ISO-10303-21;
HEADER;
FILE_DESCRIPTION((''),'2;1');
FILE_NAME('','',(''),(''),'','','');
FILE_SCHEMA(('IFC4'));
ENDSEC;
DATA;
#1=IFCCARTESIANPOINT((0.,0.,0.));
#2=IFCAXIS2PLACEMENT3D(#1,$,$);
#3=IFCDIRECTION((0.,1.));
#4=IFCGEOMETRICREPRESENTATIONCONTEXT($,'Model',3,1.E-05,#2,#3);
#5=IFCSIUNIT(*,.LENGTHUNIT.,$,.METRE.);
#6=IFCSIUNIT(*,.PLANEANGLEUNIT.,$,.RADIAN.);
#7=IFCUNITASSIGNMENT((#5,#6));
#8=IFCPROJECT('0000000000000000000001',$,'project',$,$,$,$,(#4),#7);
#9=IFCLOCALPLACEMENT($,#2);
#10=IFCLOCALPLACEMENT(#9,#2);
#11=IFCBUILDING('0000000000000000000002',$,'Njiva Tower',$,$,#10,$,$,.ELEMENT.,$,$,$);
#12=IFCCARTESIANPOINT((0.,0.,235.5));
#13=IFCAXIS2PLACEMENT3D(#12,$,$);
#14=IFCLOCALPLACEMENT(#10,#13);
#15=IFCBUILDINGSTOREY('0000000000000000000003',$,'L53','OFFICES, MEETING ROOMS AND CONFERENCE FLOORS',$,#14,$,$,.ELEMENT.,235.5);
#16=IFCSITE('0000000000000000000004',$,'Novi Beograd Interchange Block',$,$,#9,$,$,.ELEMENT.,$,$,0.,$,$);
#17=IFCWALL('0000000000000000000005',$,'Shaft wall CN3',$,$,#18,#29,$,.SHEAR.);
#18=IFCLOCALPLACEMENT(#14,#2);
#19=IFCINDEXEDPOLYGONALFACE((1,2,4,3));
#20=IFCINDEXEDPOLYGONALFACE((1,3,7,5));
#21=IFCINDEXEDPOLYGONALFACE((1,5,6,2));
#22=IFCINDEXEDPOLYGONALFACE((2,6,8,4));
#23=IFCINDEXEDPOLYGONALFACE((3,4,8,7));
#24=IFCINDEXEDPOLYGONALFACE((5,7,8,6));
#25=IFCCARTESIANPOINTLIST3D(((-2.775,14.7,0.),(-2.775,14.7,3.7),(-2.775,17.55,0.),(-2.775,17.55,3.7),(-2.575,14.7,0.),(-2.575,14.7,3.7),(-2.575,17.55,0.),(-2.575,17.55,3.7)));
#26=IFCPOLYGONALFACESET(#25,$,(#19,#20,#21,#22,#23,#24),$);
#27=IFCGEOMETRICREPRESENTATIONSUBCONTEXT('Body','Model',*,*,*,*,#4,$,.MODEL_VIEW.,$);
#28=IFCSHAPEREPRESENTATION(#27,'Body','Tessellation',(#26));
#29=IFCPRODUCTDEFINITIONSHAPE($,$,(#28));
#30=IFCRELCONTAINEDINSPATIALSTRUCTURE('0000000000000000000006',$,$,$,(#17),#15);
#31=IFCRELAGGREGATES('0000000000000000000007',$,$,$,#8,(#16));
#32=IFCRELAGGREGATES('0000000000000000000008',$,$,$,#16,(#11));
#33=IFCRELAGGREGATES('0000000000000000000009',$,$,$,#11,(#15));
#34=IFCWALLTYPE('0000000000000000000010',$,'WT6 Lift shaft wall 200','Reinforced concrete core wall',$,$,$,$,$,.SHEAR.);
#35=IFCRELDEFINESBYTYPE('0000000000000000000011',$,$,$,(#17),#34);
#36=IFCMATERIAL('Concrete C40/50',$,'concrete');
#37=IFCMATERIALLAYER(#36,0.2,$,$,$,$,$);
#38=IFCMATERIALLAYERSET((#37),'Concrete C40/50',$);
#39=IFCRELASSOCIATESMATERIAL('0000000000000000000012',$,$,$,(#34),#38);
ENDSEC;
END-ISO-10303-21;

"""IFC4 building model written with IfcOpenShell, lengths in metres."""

from ifc_helpers import new_model, si_unit, direction, frame, frame_2d, origin, place, context, subcontext, project, spatial, rectangle, extrude, material, layer, layer_set, type_object, element, save


model = new_model("IFC4")

# Units and contexts
model_context = context("Model", 3, precision=1e-05, world=origin(), true_north=direction((0.0, 1.0)))
body_context = subcontext(model_context, "Body", "Model", "MODEL_VIEW")
ifc_project = project(units=[si_unit("LENGTHUNIT", "METRE"), si_unit("PLANEANGLEUNIT", "RADIAN")], contexts=[model_context])

# Site, building, storey
site_placement = place(None, origin())
site = spatial("IfcSite", under=ifc_project, at=site_placement, Name="Novi Beograd Interchange Block", CompositionType="ELEMENT", RefElevation=0.0)
building_placement = place(site_placement, origin())
building = spatial("IfcBuilding", under=site, at=building_placement, Name="Njiva Tower", CompositionType="ELEMENT")
storey_placement = place(building_placement, frame((0.0, 0.0, 235.5)))
storey = spatial("IfcBuildingStorey", under=building, at=storey_placement, Name="L53", Description="OFFICES, MEETING ROOMS AND CONFERENCE FLOORS", CompositionType="ELEMENT", Elevation=235.5)

# Wall
ifc_material_1 = material(Name="Concrete C40/50", Category="concrete")
ifc_layer_1 = layer(ifc_material_1, 0.2)
ifc_layer_set_1 = layer_set([ifc_layer_1], Name="Concrete C40/50")
wall_type_1 = type_object("IfcWallType", Name="WT6 Lift shaft wall 200", Description="Reinforced concrete core wall", PredefinedType="SHEAR", material=ifc_layer_set_1)
for number, where, z_axis, x_axis, name in (
    (1, (-2.675, 14.7, 0.0), (0.0, 0.0, 1.0), (0.0, 1.0, 0.0), "Shaft wall CN3"),
):
    element("IfcWall", number, at=place(storey_placement, frame(where, z_axis=z_axis, x_axis=x_axis)), inside=storey, type_object=wall_type_1, Name=name, PredefinedType="SHEAR", context=body_context, shape_type="SweptSolid", body=[
        extrude(rectangle(XDim=2.85, YDim=0.2, at=frame_2d((1.425, 0.0))), origin(), (0.0, 0.0, 1.0), 3.7),
    ])

save(model, "model.ifc")
